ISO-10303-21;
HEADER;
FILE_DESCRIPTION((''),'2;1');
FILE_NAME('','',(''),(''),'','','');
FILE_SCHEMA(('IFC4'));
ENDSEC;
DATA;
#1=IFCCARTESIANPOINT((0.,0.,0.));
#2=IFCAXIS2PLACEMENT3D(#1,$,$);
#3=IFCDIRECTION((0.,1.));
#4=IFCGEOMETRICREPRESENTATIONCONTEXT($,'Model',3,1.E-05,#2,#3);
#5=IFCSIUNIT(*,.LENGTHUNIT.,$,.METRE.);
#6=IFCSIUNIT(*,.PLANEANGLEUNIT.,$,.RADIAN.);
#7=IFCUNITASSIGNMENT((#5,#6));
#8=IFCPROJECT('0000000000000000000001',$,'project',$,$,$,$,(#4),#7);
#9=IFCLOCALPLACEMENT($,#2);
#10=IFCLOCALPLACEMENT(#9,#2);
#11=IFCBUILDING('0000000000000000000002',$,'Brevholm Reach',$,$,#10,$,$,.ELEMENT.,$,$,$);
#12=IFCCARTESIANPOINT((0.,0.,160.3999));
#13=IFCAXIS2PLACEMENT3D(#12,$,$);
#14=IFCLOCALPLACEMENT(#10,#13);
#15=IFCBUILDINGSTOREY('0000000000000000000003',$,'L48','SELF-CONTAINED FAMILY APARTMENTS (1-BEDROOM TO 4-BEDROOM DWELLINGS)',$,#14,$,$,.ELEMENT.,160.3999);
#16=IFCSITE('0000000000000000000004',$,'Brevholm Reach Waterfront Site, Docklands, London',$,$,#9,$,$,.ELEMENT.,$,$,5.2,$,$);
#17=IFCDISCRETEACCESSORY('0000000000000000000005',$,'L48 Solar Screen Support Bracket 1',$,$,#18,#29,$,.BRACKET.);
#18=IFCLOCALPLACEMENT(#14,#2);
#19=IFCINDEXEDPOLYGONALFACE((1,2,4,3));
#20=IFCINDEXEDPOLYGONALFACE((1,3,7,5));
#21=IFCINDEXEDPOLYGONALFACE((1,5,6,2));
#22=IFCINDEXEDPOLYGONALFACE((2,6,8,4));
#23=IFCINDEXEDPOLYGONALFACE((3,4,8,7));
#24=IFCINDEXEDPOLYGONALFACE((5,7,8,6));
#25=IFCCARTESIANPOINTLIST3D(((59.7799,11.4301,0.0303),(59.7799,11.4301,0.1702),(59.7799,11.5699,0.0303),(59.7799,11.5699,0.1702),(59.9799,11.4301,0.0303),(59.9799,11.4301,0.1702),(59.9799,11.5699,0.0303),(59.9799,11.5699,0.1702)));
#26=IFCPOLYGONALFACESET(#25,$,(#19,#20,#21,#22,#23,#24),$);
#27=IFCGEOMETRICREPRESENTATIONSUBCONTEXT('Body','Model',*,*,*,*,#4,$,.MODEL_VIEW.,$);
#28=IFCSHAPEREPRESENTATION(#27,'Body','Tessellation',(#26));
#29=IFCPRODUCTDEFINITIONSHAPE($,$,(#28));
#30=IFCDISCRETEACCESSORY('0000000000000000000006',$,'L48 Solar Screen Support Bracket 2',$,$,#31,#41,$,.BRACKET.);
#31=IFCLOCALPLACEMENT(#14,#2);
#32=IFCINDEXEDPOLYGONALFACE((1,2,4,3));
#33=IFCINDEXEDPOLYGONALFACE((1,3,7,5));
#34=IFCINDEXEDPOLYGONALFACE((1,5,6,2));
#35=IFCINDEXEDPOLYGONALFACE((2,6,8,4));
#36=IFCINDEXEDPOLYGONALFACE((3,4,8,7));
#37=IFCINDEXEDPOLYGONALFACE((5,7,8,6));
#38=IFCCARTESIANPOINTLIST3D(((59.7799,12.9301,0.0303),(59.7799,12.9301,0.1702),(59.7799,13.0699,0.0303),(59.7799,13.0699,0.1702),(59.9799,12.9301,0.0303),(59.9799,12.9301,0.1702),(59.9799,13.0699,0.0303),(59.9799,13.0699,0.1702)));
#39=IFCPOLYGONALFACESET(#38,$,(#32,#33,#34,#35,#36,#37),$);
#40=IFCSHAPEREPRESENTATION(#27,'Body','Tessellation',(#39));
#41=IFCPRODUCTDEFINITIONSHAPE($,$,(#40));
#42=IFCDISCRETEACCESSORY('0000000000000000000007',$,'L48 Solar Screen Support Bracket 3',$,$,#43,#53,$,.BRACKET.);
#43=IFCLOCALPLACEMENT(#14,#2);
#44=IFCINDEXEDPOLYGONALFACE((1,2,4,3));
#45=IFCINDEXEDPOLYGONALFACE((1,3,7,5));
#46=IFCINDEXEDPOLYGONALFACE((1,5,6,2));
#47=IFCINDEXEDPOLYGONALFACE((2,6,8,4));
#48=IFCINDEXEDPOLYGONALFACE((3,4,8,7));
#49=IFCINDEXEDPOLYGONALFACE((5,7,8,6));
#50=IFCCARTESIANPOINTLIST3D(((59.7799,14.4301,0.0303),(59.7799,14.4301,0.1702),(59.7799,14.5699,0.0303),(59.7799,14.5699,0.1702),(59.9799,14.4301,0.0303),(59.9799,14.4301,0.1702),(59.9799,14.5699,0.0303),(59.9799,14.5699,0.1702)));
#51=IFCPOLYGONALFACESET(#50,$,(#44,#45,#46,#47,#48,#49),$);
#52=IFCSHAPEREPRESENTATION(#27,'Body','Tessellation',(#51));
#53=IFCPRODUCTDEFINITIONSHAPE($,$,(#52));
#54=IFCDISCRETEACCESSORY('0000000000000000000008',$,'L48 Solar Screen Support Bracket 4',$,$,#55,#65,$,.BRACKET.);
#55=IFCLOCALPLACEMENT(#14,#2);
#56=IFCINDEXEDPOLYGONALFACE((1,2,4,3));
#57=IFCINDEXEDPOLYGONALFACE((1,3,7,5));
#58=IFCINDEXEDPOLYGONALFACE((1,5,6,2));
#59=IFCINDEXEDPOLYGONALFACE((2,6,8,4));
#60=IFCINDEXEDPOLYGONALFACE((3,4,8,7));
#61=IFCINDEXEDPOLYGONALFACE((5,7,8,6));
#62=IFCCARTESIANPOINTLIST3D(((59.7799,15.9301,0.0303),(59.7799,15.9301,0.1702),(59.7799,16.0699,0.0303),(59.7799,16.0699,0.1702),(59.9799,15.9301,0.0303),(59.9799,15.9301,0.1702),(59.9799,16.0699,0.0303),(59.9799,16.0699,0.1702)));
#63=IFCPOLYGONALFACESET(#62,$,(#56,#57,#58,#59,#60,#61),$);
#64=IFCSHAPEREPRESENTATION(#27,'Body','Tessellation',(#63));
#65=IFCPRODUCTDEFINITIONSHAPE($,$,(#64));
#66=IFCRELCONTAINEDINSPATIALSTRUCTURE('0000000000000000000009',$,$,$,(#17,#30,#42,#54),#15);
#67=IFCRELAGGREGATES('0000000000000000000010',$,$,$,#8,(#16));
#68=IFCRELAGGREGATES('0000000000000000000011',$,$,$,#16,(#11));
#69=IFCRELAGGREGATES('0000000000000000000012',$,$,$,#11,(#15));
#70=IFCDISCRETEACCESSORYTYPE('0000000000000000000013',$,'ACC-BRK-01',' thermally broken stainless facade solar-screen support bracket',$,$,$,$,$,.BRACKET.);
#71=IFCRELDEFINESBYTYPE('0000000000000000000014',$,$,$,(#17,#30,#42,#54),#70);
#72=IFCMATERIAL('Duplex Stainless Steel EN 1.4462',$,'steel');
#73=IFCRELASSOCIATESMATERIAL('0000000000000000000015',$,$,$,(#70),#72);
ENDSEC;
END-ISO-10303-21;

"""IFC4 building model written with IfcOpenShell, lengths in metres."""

from ifc_helpers import new_model, si_unit, direction, frame, origin, origin_2d, place, context, subcontext, project, spatial, rectangle, extrude, material, type_object, element, save


model = new_model("IFC4")

# Units and contexts
model_context = context("Model", 3, precision=1e-05, world=origin(), true_north=direction((0.0, 1.0)))
body_context = subcontext(model_context, "Body", "Model", "MODEL_VIEW")
ifc_project = project(units=[si_unit("LENGTHUNIT", "METRE"), si_unit("PLANEANGLEUNIT", "RADIAN")], contexts=[model_context])

# Site, building, storey
site_placement = place(None, origin())
site = spatial("IfcSite", under=ifc_project, at=site_placement, Name="Brevholm Reach Waterfront Site, Docklands, London", CompositionType="ELEMENT", RefElevation=5.2)
building_placement = place(site_placement, origin())
building = spatial("IfcBuilding", under=site, at=building_placement, Name="Brevholm Reach", CompositionType="ELEMENT")
storey_placement = place(building_placement, frame((0.0, 0.0, 160.3999)))
storey = spatial("IfcBuildingStorey", under=building, at=storey_placement, Name="L48", Description="SELF-CONTAINED FAMILY APARTMENTS (1-BEDROOM TO 4-BEDROOM DWELLINGS)", CompositionType="ELEMENT", Elevation=160.3999)

# Discrete accessories
ifc_material_1 = material(Name="Duplex Stainless Steel EN 1.4462", Category="steel")
discrete_accessory_type = type_object("IfcDiscreteAccessoryType", Name="ACC-BRK-01", Description=" thermally broken stainless facade solar-screen support bracket", PredefinedType="BRACKET", material=ifc_material_1)
for number, where, z_axis, x_axis, name in (
    (1, (59.8799, 11.5, 0.0303), (0.0, 0.0, 1.0), (1.0, 0.0, 0.0), "L48 Solar Screen Support Bracket 1"),
    (2, (59.8799, 13.0, 0.0303), (0.0, 0.0, 1.0), (1.0, 0.0, 0.0), "L48 Solar Screen Support Bracket 2"),
    (3, (59.8799, 14.5, 0.0303), (0.0, 0.0, 1.0), (1.0, 0.0, 0.0), "L48 Solar Screen Support Bracket 3"),
    (4, (59.8799, 16.0, 0.0303), (0.0, 0.0, 1.0), (1.0, 0.0, 0.0), "L48 Solar Screen Support Bracket 4"),
):
    element("IfcDiscreteAccessory", number, at=place(storey_placement, frame(where, z_axis=z_axis, x_axis=x_axis)), inside=storey, type_object=discrete_accessory_type, Name=name, PredefinedType="BRACKET", context=body_context, shape_type="SweptSolid", body=[
        extrude(rectangle(XDim=0.2, YDim=0.1399, at=origin_2d()), origin(), (0.0, 0.0, 1.0), 0.1399),
    ])

save(model, "model.ifc")
